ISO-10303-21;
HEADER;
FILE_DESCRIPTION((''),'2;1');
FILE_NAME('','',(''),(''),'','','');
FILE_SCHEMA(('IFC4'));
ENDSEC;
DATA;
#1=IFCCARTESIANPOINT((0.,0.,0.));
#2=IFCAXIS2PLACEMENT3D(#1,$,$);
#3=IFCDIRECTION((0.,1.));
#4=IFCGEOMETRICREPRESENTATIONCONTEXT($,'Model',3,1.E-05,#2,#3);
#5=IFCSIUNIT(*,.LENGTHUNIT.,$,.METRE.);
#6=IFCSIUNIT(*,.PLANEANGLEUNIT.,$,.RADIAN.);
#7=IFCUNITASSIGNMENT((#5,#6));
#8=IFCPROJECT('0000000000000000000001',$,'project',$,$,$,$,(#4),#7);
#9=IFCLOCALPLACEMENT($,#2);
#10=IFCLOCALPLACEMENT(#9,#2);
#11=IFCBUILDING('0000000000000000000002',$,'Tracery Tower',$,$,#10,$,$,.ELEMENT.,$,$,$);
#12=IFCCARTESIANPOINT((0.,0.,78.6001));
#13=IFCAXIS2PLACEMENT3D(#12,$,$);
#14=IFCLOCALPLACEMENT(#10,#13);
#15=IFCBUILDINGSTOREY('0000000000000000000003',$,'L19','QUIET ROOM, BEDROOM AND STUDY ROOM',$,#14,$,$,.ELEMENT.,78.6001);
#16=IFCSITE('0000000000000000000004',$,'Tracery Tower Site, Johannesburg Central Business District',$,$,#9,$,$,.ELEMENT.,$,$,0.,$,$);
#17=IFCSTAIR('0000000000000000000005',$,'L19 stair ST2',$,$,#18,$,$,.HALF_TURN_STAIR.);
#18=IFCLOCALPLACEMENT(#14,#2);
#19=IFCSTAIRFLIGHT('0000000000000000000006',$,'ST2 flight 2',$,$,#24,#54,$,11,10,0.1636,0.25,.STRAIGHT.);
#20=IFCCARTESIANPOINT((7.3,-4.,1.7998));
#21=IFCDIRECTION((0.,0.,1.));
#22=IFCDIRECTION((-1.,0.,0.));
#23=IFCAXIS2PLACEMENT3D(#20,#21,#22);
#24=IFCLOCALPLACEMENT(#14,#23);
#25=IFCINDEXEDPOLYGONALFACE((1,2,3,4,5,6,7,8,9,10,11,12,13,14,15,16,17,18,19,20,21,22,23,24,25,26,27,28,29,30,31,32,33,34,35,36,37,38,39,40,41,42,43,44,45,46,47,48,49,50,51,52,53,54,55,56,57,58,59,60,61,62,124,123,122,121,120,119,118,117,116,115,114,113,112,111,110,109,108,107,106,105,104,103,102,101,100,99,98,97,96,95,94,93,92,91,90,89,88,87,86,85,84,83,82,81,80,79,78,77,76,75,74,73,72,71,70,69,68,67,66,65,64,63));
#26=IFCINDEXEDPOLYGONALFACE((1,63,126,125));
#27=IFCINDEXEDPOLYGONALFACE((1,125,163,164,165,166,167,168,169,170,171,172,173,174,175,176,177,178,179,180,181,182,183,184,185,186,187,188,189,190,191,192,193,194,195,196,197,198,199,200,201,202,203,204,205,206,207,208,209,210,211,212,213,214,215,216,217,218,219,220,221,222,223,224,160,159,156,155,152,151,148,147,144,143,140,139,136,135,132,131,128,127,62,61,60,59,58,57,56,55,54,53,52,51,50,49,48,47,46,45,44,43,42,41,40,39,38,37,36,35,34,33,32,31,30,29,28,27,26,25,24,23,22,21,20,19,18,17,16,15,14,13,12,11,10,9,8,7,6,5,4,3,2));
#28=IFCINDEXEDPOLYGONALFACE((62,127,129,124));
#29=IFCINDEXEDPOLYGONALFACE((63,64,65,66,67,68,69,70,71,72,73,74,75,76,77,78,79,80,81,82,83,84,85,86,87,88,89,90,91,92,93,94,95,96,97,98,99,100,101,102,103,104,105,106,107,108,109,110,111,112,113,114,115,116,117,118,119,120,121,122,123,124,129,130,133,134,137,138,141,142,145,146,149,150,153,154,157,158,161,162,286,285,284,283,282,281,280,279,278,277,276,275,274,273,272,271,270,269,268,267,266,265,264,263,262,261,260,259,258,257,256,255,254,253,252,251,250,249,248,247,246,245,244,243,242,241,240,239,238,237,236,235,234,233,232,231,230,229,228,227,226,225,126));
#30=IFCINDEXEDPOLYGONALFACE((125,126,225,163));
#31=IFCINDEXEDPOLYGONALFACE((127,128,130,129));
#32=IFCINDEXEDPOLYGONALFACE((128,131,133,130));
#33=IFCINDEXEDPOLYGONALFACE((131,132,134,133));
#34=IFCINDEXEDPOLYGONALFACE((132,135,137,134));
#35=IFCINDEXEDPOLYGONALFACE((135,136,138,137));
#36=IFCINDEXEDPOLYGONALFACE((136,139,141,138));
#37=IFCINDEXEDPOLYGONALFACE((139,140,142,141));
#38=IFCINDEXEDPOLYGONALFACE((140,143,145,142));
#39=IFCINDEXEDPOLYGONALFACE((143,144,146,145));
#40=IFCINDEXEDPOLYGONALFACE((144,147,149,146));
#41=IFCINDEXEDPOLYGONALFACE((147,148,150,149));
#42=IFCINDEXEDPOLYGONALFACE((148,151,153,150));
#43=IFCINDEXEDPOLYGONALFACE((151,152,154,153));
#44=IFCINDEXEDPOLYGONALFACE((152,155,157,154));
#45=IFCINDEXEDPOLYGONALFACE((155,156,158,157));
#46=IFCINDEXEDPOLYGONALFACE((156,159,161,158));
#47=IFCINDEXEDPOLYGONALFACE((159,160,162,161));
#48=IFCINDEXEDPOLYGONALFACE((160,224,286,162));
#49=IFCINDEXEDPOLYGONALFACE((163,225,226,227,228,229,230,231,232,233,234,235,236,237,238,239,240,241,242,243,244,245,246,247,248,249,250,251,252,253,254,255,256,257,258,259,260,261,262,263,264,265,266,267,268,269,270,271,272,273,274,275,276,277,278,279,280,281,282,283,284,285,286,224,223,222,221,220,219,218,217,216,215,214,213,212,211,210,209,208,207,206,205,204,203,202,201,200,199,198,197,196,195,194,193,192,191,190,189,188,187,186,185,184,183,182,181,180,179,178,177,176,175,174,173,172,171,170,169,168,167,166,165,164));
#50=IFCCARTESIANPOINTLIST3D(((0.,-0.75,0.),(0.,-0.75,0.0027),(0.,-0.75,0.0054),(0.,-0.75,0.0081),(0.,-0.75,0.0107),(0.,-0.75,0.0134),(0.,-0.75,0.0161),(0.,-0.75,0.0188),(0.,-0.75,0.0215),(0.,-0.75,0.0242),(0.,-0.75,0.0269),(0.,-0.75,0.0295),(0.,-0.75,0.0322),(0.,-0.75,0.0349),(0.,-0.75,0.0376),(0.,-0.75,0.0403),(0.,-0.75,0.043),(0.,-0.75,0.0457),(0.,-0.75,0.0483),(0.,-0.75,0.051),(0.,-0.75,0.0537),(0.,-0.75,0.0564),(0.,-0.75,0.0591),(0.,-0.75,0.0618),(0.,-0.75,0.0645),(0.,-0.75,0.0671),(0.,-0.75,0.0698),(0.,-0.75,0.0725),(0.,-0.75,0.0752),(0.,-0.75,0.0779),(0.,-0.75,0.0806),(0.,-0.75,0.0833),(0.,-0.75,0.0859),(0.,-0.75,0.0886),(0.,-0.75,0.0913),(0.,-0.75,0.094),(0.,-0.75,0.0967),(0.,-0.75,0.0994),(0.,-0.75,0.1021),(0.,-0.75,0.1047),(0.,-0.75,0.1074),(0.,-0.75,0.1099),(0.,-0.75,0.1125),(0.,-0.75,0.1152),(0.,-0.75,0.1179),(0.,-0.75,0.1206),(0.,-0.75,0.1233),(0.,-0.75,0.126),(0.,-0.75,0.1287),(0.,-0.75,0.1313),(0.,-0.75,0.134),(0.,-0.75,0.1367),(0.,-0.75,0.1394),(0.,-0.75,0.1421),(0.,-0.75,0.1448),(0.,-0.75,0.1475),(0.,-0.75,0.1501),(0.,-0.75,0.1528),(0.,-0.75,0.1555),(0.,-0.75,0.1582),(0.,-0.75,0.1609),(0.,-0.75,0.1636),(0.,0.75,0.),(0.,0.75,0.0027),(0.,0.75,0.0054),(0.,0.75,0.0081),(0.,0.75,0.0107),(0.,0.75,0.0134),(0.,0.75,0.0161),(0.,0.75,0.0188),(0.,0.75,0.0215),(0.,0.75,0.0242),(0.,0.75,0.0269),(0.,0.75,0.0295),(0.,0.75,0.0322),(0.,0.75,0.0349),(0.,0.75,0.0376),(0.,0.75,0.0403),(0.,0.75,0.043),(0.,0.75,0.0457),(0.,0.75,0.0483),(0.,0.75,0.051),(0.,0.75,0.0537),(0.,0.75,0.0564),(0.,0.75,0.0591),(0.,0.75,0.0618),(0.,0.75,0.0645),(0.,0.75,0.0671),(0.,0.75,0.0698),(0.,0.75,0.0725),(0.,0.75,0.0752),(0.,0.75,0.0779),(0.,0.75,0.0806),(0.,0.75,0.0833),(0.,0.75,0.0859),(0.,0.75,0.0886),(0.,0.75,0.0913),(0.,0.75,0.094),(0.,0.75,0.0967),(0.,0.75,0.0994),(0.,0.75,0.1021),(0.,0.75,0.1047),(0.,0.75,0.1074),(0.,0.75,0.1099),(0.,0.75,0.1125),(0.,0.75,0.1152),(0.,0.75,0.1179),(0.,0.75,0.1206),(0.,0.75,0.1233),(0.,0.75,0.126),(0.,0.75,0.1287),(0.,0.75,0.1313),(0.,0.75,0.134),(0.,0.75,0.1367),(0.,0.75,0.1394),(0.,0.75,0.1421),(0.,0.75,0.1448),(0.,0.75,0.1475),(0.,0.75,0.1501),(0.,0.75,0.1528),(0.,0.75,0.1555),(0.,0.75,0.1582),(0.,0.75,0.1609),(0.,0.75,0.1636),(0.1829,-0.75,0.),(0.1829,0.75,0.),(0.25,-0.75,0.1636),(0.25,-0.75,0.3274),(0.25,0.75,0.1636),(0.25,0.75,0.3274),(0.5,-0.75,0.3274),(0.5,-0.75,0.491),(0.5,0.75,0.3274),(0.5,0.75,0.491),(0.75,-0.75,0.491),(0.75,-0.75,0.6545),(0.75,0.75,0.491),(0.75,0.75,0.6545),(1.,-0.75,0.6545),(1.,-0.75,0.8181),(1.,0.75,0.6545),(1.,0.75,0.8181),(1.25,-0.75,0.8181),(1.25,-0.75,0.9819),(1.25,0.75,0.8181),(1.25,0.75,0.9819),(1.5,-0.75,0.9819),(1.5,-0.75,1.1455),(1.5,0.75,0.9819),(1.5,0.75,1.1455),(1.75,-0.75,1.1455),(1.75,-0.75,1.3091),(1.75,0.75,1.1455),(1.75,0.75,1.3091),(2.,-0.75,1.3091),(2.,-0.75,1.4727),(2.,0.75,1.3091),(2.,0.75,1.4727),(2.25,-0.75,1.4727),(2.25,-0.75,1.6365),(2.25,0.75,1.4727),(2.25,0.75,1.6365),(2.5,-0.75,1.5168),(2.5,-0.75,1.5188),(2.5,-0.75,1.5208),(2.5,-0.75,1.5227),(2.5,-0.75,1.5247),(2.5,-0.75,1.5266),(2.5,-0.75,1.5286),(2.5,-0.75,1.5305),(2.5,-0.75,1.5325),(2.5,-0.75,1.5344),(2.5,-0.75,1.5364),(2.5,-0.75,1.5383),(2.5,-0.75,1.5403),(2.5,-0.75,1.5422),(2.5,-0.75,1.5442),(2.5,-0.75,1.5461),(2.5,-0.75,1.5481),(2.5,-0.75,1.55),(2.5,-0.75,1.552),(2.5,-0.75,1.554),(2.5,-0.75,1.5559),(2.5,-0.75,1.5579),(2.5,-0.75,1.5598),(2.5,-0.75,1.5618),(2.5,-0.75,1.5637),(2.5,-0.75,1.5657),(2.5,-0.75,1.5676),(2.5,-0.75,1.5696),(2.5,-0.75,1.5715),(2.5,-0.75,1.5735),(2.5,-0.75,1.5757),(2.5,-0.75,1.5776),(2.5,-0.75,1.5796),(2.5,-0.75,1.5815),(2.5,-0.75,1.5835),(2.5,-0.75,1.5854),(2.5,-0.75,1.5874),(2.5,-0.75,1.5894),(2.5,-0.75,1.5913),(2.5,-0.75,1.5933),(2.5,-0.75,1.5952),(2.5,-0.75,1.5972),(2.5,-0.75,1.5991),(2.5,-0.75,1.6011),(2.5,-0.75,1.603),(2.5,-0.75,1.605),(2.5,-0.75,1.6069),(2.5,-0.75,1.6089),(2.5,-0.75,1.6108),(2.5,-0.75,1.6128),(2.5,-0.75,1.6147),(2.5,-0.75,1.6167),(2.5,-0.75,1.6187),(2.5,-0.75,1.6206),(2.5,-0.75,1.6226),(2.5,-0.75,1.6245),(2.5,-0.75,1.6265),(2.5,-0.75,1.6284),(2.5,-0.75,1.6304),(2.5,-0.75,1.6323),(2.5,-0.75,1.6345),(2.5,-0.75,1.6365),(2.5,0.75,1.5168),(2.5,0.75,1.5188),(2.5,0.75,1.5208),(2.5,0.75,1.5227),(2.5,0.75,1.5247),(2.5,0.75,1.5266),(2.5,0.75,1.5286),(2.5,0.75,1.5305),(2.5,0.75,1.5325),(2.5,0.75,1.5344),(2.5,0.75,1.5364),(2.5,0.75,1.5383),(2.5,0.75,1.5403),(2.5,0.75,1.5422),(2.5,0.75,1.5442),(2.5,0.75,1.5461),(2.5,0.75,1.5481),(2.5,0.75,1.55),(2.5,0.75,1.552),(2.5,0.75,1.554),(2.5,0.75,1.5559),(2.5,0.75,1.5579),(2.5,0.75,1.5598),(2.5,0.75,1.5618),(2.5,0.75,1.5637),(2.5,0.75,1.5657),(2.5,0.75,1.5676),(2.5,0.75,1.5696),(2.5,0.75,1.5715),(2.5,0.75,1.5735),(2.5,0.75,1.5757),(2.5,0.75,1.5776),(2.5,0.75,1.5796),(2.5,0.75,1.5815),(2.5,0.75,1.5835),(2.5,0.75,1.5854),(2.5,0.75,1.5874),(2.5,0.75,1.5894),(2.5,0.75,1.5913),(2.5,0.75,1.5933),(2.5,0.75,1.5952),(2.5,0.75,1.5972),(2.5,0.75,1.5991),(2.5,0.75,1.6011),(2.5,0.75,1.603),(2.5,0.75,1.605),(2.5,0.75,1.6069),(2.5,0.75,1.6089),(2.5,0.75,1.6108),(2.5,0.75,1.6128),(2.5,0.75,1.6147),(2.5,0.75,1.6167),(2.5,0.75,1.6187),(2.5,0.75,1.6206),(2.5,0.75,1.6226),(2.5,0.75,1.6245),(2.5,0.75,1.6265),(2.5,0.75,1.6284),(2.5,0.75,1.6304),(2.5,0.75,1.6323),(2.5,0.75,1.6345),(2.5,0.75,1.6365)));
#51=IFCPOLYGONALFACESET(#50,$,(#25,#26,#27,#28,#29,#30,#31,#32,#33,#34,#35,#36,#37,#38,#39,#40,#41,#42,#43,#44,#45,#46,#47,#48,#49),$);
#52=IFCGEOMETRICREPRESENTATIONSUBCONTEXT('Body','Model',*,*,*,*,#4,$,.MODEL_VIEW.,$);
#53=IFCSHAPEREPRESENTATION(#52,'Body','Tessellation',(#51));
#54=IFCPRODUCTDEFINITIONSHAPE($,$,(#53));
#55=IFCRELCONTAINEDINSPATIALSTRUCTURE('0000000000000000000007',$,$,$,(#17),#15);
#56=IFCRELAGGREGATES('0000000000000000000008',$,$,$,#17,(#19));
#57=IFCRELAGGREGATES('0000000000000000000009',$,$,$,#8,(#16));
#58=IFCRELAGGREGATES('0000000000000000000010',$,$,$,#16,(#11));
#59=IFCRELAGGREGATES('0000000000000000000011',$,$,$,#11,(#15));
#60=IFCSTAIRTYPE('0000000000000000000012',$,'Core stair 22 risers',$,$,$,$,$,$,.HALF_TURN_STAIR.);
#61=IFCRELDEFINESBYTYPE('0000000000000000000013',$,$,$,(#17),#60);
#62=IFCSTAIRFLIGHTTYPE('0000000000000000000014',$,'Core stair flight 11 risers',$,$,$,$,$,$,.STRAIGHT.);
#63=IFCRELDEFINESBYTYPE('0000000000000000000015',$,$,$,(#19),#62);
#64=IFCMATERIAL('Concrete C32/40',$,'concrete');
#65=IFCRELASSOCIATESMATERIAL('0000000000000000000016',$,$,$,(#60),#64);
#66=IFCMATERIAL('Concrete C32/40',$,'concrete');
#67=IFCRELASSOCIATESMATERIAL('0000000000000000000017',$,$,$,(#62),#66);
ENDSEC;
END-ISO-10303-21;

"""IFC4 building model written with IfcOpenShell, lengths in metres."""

from ifc_helpers import new_model, si_unit, direction, frame, origin, place, context, subcontext, project, spatial, polyline, outline, extrude, material, type_object, element, aggregate, save


model = new_model("IFC4")

# Units and contexts
model_context = context("Model", 3, precision=1e-05, world=origin(), true_north=direction((0.0, 1.0)))
body_context = subcontext(model_context, "Body", "Model", "MODEL_VIEW")
ifc_project = project(units=[si_unit("LENGTHUNIT", "METRE"), si_unit("PLANEANGLEUNIT", "RADIAN")], contexts=[model_context])

# Site, building, storey
site_placement = place(None, origin())
site = spatial("IfcSite", under=ifc_project, at=site_placement, Name="Tracery Tower Site, Johannesburg Central Business District", CompositionType="ELEMENT", RefElevation=0.0)
building_placement = place(site_placement, origin())
building = spatial("IfcBuilding", under=site, at=building_placement, Name="Tracery Tower", CompositionType="ELEMENT")
storey_placement = place(building_placement, frame((0.0, 0.0, 78.6001)))
storey = spatial("IfcBuildingStorey", under=building, at=storey_placement, Name="L19", Description="QUIET ROOM, BEDROOM AND STUDY ROOM", CompositionType="ELEMENT", Elevation=78.6001)

# Stair, stair flight
ifc_material_1 = material(Name="Concrete C32/40", Category="concrete")
stair_type = type_object("IfcStairType", Name="Core stair 22 risers", PredefinedType="HALF_TURN_STAIR", material=ifc_material_1)
stair_placement = place(storey_placement, origin())
stair = element("IfcStair", 1, at=stair_placement, inside=storey, type_object=stair_type, Name="L19 stair ST2", PredefinedType="HALF_TURN_STAIR")
ifc_material_2 = material(Name="Concrete C32/40", Category="concrete")
stair_flight_type = type_object("IfcStairFlightType", Name="Core stair flight 11 risers", PredefinedType="STRAIGHT", material=ifc_material_2)
stair_flight_1_placement = place(storey_placement, frame((7.3, -4.0, 1.7998), z_axis=(0.0, 0.0, 1.0), x_axis=(-1.0, 0.0, 0.0)))
stair_flight_1 = element("IfcStairFlight", 2, at=stair_flight_1_placement, type_object=stair_flight_type, Name="ST2 flight 2", NumberOfRisers=11, NumberOfTreads=10, PredefinedType="STRAIGHT", RiserHeight=0.1636, TreadLength=0.25, context=body_context, shape_type="SweptSolid", body=[
    extrude(outline(polyline([(0.0, 0.0), (0.0, 0.0027), (0.0, 0.0054), (0.0, 0.0081), (0.0, 0.0107), (0.0, 0.0134), (0.0, 0.0161), (0.0, 0.0188), (0.0, 0.0215), (0.0, 0.0242), (0.0, 0.0269), (0.0, 0.0295), (0.0, 0.0322), (0.0, 0.0349), (0.0, 0.0376), (0.0, 0.0403), (0.0, 0.043), (0.0, 0.0457), (0.0, 0.0483), (0.0, 0.051), (0.0, 0.0537), (0.0, 0.0564), (0.0, 0.0591), (0.0, 0.0618), (0.0, 0.0645), (0.0, 0.0671), (0.0, 0.0698), (0.0, 0.0725), (0.0, 0.0752), (0.0, 0.0779), (0.0, 0.0806), (0.0, 0.0833), (0.0, 0.0859), (0.0, 0.0886), (0.0, 0.0913), (0.0, 0.094), (0.0, 0.0967), (0.0, 0.0994), (0.0, 0.1021), (0.0, 0.1047), (0.0, 0.1074), (0.0, 0.1099), (0.0, 0.1125), (0.0, 0.1152), (0.0, 0.1179), (0.0, 0.1206), (0.0, 0.1233), (0.0, 0.126), (0.0, 0.1287), (0.0, 0.1313), (0.0, 0.134), (0.0, 0.1367), (0.0, 0.1394), (0.0, 0.1421), (0.0, 0.1448), (0.0, 0.1475), (0.0, 0.1501), (0.0, 0.1528), (0.0, 0.1555), (0.0, 0.1582), (0.0, 0.1609), (0.0, 0.1636), (0.25, 0.1636), (0.25, 0.3274), (0.5, 0.3274), (0.5, 0.491), (0.75, 0.491), (0.75, 0.6545), (1.0, 0.6545), (1.0, 0.8181), (1.25, 0.8181), (1.25, 0.9819), (1.5, 0.9819), (1.5, 1.1455), (1.75, 1.1455), (1.75, 1.3091), (2.0, 1.3091), (2.0, 1.4727), (2.25, 1.4727), (2.25, 1.6365), (2.5, 1.6365), (2.5, 1.6345), (2.5, 1.6323), (2.5, 1.6304), (2.5, 1.6284), (2.5, 1.6265), (2.5, 1.6245), (2.5, 1.6226), (2.5, 1.6206), (2.5, 1.6187), (2.5, 1.6167), (2.5, 1.6147), (2.5, 1.6128), (2.5, 1.6108), (2.5, 1.6089), (2.5, 1.6069), (2.5, 1.605), (2.5, 1.603), (2.5, 1.6011), (2.5, 1.5991), (2.5, 1.5972), (2.5, 1.5952), (2.5, 1.5933), (2.5, 1.5913), (2.5, 1.5894), (2.5, 1.5874), (2.5, 1.5854), (2.5, 1.5835), (2.5, 1.5815), (2.5, 1.5796), (2.5, 1.5776), (2.5, 1.5757), (2.5, 1.5735), (2.5, 1.5715), (2.5, 1.5696), (2.5, 1.5676), (2.5, 1.5657), (2.5, 1.5637), (2.5, 1.5618), (2.5, 1.5598), (2.5, 1.5579), (2.5, 1.5559), (2.5, 1.554), (2.5, 1.552), (2.5, 1.55), (2.5, 1.5481), (2.5, 1.5461), (2.5, 1.5442), (2.5, 1.5422), (2.5, 1.5403), (2.5, 1.5383), (2.5, 1.5364), (2.5, 1.5344), (2.5, 1.5325), (2.5, 1.5305), (2.5, 1.5286), (2.5, 1.5266), (2.5, 1.5247), (2.5, 1.5227), (2.5, 1.5208), (2.5, 1.5188), (2.5, 1.5168), (0.1829, 0.0), (0.0, 0.0)])), frame((0.0, 0.75, 0.0), z_axis=(0.0, -1.0, 0.0), x_axis=(1.0, 0.0, 0.0)), (0.0, 0.0, 1.0), 1.5),
])
aggregate(stair, [stair_flight_1])

save(model, "model.ifc")
